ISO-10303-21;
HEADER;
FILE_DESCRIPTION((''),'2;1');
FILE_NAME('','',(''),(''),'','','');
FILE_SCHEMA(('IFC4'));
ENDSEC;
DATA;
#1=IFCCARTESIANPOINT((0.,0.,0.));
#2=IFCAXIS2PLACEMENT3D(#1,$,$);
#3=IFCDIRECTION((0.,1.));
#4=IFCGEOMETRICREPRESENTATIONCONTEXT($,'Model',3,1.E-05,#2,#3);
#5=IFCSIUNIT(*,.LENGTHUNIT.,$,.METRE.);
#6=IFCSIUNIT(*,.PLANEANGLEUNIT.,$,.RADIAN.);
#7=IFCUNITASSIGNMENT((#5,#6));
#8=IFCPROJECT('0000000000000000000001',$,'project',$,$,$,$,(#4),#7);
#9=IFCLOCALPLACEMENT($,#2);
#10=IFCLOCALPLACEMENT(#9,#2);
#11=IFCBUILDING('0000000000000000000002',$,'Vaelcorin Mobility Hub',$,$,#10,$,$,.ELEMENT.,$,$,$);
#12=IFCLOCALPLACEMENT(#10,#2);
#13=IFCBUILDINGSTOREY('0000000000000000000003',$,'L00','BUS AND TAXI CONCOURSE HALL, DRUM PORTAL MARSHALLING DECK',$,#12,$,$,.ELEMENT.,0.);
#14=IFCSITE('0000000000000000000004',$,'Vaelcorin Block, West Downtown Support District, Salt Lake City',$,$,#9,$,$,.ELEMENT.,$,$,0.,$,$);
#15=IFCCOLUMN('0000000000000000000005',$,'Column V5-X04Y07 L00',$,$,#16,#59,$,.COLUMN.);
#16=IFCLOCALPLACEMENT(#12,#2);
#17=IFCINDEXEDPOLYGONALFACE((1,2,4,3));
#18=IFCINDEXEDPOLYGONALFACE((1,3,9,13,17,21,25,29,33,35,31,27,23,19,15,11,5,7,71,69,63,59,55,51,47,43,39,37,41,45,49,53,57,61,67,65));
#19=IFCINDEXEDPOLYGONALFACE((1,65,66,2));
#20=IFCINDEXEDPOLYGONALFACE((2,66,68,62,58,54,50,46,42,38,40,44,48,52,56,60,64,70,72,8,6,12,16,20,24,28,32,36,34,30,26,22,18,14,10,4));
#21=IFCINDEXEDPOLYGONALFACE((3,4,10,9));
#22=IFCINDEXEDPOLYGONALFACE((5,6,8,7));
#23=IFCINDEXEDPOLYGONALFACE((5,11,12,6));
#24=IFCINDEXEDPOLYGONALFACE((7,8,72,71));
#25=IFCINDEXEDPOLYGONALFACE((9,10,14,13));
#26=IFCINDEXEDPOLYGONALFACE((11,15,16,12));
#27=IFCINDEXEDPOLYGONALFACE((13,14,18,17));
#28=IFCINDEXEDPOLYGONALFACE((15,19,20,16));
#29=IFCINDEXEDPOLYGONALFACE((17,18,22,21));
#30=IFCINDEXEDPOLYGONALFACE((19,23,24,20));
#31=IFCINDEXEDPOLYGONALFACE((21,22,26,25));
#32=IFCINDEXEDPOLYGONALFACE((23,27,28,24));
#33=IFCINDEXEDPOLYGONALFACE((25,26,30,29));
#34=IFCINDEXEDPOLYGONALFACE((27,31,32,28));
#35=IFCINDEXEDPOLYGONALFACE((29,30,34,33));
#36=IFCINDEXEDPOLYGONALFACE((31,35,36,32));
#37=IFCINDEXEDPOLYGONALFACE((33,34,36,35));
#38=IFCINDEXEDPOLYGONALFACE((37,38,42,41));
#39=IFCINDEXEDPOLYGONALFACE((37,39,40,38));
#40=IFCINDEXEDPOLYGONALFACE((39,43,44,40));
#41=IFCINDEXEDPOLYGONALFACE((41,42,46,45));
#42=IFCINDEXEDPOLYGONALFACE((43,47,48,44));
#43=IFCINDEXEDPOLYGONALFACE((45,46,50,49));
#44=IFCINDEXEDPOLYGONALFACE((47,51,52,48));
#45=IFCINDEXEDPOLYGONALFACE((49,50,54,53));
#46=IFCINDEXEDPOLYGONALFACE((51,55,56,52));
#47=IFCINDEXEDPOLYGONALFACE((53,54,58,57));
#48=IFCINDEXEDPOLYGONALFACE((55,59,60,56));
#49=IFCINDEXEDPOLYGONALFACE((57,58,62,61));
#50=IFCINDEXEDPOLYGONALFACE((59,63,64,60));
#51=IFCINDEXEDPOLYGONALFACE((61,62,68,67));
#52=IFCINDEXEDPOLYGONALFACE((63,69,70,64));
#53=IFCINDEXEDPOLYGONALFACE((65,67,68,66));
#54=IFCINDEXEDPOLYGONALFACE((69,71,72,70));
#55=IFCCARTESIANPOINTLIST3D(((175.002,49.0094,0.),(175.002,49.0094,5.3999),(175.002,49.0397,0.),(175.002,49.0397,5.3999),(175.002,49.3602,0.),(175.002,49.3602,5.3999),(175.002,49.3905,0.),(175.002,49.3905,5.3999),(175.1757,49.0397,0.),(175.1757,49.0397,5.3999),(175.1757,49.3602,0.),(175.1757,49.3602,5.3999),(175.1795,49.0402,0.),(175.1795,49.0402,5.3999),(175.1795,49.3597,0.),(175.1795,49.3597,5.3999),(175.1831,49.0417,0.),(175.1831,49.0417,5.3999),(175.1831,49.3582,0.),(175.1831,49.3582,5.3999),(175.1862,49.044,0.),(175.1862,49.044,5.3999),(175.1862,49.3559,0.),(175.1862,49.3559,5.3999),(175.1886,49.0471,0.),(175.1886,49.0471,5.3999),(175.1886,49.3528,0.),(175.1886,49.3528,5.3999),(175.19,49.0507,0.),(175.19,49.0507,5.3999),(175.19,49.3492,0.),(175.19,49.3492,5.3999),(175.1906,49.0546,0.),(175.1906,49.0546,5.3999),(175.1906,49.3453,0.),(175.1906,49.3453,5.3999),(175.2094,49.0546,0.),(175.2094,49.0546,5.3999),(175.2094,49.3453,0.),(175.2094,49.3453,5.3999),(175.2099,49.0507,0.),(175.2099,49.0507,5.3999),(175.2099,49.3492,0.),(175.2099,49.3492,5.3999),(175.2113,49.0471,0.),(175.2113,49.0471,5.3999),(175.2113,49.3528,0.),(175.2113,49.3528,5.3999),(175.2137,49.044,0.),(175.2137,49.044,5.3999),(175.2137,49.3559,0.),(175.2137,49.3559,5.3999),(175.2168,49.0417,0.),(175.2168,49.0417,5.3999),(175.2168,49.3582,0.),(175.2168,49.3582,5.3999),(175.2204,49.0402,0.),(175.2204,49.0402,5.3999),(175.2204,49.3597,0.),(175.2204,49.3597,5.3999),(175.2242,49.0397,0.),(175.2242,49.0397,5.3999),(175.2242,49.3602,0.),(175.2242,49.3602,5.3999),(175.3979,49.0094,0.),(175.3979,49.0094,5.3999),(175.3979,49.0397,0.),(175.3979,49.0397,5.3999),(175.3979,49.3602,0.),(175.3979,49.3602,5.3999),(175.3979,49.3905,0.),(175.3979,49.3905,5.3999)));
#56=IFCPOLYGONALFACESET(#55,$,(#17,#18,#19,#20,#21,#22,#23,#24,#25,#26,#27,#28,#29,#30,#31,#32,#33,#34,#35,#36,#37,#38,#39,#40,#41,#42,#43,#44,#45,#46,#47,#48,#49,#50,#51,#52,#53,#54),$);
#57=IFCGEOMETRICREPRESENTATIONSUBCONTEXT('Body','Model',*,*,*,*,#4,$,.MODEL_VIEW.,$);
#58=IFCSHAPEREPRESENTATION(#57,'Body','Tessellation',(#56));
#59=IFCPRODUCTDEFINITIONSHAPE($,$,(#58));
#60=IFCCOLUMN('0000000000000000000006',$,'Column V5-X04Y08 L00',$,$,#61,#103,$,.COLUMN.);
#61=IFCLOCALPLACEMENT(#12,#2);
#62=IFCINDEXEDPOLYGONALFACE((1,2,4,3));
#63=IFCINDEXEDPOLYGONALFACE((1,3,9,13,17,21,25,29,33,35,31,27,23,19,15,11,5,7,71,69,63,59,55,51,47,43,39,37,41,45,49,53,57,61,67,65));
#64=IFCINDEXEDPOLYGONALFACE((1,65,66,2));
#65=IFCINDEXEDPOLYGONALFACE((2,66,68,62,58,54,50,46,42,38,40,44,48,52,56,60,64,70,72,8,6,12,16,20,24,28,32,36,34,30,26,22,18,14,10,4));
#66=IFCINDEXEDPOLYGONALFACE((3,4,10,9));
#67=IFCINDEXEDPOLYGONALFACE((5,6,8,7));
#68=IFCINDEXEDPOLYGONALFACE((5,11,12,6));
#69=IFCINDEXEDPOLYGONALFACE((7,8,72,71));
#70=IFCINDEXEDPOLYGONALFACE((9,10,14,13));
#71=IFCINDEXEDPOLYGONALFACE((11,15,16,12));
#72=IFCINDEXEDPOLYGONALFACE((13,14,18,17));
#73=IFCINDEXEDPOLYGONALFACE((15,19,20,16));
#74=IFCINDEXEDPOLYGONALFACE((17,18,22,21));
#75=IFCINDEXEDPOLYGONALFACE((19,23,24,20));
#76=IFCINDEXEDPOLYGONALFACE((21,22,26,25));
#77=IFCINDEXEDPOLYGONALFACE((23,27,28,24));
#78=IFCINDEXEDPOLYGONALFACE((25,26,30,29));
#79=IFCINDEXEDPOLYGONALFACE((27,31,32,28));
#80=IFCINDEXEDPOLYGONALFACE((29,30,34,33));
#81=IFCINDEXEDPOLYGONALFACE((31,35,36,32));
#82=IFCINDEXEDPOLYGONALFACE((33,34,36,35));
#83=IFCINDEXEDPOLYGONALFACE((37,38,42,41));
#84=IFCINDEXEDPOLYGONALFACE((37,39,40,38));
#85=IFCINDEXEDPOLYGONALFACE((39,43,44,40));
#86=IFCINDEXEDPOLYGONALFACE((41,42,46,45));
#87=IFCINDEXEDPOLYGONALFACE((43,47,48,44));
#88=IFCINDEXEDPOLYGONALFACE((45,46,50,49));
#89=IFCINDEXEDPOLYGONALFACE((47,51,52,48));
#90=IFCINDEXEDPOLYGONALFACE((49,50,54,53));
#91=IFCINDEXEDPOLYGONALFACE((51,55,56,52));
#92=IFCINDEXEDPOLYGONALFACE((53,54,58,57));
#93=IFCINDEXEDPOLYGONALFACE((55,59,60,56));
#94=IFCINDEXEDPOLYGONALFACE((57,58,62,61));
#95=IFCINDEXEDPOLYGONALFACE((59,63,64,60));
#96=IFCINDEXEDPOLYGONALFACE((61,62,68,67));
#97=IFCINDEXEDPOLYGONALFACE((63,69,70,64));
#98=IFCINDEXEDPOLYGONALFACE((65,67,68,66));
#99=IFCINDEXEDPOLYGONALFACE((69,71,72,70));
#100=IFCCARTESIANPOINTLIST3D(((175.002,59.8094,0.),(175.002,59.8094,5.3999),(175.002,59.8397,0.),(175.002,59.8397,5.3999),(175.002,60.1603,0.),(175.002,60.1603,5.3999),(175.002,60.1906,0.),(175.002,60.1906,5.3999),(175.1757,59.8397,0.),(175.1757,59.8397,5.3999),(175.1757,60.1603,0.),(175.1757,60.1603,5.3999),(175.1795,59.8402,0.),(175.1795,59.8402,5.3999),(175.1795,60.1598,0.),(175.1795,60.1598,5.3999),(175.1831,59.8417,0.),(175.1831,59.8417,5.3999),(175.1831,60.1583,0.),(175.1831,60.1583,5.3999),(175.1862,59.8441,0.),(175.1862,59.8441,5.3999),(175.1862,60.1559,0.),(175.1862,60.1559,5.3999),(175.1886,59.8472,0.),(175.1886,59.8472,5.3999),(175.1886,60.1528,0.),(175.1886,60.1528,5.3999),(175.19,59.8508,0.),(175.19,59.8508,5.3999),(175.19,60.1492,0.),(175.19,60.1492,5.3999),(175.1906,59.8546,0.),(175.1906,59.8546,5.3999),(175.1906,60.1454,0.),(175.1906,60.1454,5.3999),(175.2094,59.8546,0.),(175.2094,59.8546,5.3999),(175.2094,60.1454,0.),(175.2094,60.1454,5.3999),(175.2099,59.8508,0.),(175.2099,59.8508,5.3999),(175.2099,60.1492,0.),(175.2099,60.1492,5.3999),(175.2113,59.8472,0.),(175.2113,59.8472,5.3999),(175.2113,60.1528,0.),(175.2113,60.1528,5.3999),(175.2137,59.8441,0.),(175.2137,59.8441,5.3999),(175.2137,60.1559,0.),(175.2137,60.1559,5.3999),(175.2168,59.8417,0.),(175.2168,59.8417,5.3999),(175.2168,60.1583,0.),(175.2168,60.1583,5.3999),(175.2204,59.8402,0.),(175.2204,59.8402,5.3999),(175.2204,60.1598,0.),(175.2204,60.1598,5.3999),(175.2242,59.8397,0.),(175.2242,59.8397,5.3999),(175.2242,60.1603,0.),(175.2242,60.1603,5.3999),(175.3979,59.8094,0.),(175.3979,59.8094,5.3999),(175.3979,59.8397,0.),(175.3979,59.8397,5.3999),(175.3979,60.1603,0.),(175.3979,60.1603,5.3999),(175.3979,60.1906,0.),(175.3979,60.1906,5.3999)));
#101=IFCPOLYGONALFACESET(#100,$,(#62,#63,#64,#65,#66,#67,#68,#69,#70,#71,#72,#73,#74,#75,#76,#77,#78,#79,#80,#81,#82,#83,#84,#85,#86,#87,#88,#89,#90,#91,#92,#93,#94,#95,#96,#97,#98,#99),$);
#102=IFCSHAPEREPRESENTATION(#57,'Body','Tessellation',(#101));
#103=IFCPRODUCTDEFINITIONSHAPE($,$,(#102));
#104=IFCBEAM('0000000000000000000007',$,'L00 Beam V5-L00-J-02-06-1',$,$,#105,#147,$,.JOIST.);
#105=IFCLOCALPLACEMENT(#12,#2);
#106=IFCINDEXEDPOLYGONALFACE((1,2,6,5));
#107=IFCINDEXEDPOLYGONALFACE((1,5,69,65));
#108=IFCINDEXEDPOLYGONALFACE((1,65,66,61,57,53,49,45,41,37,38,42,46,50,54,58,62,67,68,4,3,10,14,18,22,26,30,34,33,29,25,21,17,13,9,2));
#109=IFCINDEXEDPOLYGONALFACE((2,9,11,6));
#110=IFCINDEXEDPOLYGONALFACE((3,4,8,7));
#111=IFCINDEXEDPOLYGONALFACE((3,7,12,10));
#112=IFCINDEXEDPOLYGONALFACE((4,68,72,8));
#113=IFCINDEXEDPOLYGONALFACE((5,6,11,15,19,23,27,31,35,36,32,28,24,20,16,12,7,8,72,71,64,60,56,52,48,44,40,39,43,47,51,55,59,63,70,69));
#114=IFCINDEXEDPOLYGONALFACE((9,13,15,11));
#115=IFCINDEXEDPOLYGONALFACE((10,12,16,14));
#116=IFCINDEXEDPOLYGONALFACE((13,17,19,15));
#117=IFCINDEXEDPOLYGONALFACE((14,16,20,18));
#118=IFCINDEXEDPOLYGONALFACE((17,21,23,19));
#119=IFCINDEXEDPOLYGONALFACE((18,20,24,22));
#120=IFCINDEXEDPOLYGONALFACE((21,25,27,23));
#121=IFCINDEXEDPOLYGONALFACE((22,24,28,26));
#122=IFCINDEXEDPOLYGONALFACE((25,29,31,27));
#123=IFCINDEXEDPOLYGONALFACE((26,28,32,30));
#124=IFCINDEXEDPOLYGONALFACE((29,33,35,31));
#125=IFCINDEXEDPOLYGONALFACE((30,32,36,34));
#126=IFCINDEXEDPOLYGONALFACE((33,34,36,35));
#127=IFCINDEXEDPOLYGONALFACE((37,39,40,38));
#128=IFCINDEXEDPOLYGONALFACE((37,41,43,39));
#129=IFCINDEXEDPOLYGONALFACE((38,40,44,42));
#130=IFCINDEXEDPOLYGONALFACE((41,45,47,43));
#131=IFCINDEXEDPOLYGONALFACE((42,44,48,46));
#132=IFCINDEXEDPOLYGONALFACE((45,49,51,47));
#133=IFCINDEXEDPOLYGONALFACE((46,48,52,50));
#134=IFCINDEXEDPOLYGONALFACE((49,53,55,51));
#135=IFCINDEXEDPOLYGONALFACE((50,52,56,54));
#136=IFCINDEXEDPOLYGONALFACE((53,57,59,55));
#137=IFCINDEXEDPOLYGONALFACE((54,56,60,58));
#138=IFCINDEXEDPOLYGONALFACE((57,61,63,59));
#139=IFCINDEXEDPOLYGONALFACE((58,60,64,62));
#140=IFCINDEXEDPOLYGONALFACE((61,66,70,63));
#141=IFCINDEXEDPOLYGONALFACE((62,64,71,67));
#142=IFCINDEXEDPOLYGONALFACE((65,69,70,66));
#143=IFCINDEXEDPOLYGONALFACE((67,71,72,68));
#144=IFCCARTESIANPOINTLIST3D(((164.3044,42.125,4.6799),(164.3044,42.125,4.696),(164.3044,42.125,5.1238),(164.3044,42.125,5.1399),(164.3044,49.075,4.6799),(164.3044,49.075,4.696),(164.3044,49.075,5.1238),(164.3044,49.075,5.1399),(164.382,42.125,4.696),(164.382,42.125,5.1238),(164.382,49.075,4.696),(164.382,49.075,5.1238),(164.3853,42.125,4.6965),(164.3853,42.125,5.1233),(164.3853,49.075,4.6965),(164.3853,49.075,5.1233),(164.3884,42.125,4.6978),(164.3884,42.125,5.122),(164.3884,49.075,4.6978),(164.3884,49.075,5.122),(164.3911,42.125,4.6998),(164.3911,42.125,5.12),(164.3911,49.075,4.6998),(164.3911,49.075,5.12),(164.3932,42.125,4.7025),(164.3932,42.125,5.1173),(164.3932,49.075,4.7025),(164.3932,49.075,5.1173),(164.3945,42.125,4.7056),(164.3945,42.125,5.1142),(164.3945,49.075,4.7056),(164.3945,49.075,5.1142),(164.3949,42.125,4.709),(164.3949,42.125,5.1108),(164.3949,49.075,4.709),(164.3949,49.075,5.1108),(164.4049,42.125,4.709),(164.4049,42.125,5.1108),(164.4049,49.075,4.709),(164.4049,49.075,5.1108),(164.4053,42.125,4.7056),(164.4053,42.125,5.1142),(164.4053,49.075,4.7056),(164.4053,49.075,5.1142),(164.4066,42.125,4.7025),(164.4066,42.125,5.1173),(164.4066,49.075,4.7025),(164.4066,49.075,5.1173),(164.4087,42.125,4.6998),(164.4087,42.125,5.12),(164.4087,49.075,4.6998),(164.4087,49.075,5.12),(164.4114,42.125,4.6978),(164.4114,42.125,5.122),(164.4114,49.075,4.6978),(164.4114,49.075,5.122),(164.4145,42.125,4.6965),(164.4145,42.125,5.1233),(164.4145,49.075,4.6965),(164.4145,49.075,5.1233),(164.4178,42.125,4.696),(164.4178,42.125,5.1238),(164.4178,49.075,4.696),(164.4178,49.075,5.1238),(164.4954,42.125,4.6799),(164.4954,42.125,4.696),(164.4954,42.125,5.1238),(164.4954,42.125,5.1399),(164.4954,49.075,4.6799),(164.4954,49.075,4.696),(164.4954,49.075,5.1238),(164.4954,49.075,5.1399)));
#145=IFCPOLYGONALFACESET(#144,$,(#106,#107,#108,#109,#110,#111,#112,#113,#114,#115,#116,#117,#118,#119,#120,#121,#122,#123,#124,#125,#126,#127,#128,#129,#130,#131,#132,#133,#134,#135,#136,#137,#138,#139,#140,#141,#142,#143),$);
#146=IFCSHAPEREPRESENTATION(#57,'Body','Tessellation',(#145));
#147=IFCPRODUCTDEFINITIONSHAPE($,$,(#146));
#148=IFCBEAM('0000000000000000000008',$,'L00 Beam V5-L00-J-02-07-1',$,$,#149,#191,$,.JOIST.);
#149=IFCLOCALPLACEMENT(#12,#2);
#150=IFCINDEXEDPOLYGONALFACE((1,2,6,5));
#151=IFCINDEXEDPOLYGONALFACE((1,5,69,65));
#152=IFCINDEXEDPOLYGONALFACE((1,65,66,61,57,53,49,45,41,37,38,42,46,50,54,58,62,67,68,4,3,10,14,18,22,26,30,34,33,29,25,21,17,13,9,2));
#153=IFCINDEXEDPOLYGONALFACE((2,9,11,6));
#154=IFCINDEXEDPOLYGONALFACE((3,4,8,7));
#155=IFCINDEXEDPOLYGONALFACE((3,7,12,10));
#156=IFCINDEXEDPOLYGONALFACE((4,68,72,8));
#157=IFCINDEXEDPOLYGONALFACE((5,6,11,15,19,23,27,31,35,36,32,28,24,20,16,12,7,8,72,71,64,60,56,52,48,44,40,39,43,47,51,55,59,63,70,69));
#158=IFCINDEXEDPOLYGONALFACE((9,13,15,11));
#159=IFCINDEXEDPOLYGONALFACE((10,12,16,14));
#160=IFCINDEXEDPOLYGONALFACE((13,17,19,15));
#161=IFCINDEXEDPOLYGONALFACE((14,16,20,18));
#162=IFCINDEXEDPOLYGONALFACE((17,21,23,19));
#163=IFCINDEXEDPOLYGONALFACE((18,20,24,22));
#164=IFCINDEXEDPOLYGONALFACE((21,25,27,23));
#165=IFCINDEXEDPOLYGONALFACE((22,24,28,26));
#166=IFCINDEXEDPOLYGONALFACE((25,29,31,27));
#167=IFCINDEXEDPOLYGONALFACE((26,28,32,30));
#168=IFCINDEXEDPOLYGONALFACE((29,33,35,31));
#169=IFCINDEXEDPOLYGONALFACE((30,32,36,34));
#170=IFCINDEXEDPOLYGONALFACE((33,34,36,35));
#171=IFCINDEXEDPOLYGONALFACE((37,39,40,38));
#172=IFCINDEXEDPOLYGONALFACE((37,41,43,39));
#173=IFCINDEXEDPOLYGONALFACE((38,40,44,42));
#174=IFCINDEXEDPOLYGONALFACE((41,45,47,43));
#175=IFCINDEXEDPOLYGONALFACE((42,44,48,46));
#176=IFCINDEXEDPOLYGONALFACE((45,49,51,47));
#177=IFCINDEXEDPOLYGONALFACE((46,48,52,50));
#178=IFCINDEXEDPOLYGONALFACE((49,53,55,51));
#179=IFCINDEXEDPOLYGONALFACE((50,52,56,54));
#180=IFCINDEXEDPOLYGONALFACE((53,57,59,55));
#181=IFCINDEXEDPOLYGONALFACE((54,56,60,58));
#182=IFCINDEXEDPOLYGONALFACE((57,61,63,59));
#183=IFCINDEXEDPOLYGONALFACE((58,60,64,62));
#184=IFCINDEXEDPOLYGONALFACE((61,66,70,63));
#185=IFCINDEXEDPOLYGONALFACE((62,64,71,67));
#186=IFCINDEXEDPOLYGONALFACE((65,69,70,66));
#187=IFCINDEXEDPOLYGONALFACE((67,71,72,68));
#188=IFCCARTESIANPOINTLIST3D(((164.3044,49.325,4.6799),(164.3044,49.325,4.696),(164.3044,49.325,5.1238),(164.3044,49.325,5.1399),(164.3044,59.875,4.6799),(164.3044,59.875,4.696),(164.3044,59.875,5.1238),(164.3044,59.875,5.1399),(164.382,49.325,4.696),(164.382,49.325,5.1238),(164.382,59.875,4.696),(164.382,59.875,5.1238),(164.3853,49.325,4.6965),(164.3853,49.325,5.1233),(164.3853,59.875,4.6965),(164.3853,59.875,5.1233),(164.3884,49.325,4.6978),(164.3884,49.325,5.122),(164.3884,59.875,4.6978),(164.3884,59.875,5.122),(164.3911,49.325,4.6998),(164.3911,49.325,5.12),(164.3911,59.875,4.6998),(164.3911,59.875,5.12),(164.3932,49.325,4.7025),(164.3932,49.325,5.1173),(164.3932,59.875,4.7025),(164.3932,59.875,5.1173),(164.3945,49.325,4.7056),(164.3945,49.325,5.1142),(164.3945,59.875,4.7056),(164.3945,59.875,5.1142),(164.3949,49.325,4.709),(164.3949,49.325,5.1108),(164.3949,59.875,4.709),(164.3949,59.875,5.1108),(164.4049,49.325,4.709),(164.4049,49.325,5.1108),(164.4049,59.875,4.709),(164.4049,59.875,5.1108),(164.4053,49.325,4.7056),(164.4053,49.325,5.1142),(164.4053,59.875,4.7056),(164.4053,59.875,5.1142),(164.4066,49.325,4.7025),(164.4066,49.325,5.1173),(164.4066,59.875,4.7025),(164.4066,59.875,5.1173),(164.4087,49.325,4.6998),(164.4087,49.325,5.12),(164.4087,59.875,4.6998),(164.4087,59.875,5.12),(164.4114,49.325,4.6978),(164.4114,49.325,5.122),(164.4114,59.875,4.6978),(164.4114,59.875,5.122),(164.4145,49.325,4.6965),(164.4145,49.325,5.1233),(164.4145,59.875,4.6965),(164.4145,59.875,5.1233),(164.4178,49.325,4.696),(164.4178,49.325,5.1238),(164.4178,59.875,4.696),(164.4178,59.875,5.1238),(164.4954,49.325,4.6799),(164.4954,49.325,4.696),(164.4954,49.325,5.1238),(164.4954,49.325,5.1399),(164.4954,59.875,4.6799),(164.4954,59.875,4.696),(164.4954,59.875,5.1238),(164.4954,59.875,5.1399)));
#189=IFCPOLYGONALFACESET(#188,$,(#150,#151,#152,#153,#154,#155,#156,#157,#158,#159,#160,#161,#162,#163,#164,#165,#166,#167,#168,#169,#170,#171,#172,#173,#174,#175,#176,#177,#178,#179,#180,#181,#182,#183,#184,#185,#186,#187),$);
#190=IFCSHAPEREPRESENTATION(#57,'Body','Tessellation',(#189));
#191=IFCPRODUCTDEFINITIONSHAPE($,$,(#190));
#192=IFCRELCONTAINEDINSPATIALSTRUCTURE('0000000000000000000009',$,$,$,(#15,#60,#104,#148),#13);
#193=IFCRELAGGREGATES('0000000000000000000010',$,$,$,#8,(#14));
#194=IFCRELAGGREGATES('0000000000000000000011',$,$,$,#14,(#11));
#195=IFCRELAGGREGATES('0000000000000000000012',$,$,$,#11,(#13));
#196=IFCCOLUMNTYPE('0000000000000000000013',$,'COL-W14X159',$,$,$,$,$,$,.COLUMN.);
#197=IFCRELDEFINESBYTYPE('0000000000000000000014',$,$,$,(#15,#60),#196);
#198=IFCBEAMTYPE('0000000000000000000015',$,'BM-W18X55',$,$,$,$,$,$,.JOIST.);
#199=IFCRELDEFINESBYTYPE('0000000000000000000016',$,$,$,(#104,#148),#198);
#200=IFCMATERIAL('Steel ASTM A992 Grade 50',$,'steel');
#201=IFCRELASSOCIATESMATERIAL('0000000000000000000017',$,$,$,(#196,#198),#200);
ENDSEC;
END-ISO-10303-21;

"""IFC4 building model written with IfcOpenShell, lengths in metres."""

from ifc_helpers import new_model, si_unit, direction, frame, origin, origin_2d, place, context, subcontext, project, spatial, i_section, extrude, material, material_profile, profile_set, type_object, element, save


model = new_model("IFC4")

# Units and contexts
model_context = context("Model", 3, precision=1e-05, world=origin(), true_north=direction((0.0, 1.0)))
body_context = subcontext(model_context, "Body", "Model", "MODEL_VIEW")
ifc_project = project(units=[si_unit("LENGTHUNIT", "METRE"), si_unit("PLANEANGLEUNIT", "RADIAN")], contexts=[model_context])

# Site, building, storey
site_placement = place(None, origin())
site = spatial("IfcSite", under=ifc_project, at=site_placement, Name="Vaelcorin Block, West Downtown Support District, Salt Lake City", CompositionType="ELEMENT", RefElevation=0.0)
building_placement = place(site_placement, origin())
building = spatial("IfcBuilding", under=site, at=building_placement, Name="Vaelcorin Mobility Hub", CompositionType="ELEMENT")
storey_placement = place(building_placement, origin())
storey = spatial("IfcBuildingStorey", under=building, at=storey_placement, Name="L00", Description="BUS AND TAXI CONCOURSE HALL, DRUM PORTAL MARSHALLING DECK", CompositionType="ELEMENT", Elevation=0.0)

# Columns
ifc_material_1 = material(Name="Steel ASTM A992 Grade 50", Category="steel")
ifc_material_profile_1 = material_profile(ifc_material_1, i_section(OverallWidth=0.396, OverallDepth=0.3811, WebThickness=0.0188, FlangeThickness=0.0303, FilletRadius=0.0149, at=origin_2d()), Name="W14X159")
ifc_profile_set_1 = profile_set([ifc_material_profile_1], Name="Steel ASTM A992 Grade 50")
column_type = type_object("IfcColumnType", Name="COL-W14X159", PredefinedType="COLUMN", material=ifc_profile_set_1)
for number, where, z_axis, x_axis, name in (
    (1, (175.2, 49.2, 0.0), (0.0, 0.0, 1.0), (1.0, 0.0, 0.0), "Column V5-X04Y07 L00"),
    (2, (175.2, 60.0, 0.0), (0.0, 0.0, 1.0), (1.0, 0.0, 0.0), "Column V5-X04Y08 L00"),
):
    element("IfcColumn", number, at=place(storey_placement, frame(where, z_axis=z_axis, x_axis=x_axis)), inside=storey, type_object=column_type, Name=name, PredefinedType="COLUMN", context=body_context, shape_type="SweptSolid", body=[
        extrude(i_section(OverallWidth=0.396, OverallDepth=0.3811, WebThickness=0.0188, FlangeThickness=0.0303, FilletRadius=0.0149, at=origin_2d()), origin(), (0.0, 0.0, 1.0), 5.3999),
    ])

# Beams
ifc_material_profile_2 = material_profile(ifc_material_1, i_section(OverallWidth=0.1909, OverallDepth=0.46, WebThickness=0.01, FlangeThickness=0.0161, FilletRadius=0.0129, at=origin_2d()), Name="W18X55")
ifc_profile_set_2 = profile_set([ifc_material_profile_2], Name="Steel ASTM A992 Grade 50")
beam_type_1 = type_object("IfcBeamType", Name="BM-W18X55", PredefinedType="JOIST", material=ifc_profile_set_2)
beam_1_placement = place(storey_placement, frame((164.3999, 42.125, 4.9099), z_axis=(0.0, 1.0, 0.0), x_axis=(-1.0, 0.0, 0.0)))
element("IfcBeam", 3, at=beam_1_placement, inside=storey, type_object=beam_type_1, Name="L00 Beam V5-L00-J-02-06-1", PredefinedType="JOIST", context=body_context, shape_type="SweptSolid", body=[
    extrude(i_section(OverallWidth=0.1909, OverallDepth=0.46, WebThickness=0.01, FlangeThickness=0.0161, FilletRadius=0.0129, at=origin_2d()), origin(), (0.0, 0.0, 1.0), 6.95),
])
beam_2_placement = place(storey_placement, frame((164.3999, 49.325, 4.9099), z_axis=(0.0, 1.0, 0.0), x_axis=(-1.0, 0.0, 0.0)))
element("IfcBeam", 4, at=beam_2_placement, inside=storey, type_object=beam_type_1, Name="L00 Beam V5-L00-J-02-07-1", PredefinedType="JOIST", context=body_context, shape_type="SweptSolid", body=[
    extrude(i_section(OverallWidth=0.1909, OverallDepth=0.46, WebThickness=0.01, FlangeThickness=0.0161, FilletRadius=0.0129, at=origin_2d()), origin(), (0.0, 0.0, 1.0), 10.55),
])

save(model, "model.ifc")
